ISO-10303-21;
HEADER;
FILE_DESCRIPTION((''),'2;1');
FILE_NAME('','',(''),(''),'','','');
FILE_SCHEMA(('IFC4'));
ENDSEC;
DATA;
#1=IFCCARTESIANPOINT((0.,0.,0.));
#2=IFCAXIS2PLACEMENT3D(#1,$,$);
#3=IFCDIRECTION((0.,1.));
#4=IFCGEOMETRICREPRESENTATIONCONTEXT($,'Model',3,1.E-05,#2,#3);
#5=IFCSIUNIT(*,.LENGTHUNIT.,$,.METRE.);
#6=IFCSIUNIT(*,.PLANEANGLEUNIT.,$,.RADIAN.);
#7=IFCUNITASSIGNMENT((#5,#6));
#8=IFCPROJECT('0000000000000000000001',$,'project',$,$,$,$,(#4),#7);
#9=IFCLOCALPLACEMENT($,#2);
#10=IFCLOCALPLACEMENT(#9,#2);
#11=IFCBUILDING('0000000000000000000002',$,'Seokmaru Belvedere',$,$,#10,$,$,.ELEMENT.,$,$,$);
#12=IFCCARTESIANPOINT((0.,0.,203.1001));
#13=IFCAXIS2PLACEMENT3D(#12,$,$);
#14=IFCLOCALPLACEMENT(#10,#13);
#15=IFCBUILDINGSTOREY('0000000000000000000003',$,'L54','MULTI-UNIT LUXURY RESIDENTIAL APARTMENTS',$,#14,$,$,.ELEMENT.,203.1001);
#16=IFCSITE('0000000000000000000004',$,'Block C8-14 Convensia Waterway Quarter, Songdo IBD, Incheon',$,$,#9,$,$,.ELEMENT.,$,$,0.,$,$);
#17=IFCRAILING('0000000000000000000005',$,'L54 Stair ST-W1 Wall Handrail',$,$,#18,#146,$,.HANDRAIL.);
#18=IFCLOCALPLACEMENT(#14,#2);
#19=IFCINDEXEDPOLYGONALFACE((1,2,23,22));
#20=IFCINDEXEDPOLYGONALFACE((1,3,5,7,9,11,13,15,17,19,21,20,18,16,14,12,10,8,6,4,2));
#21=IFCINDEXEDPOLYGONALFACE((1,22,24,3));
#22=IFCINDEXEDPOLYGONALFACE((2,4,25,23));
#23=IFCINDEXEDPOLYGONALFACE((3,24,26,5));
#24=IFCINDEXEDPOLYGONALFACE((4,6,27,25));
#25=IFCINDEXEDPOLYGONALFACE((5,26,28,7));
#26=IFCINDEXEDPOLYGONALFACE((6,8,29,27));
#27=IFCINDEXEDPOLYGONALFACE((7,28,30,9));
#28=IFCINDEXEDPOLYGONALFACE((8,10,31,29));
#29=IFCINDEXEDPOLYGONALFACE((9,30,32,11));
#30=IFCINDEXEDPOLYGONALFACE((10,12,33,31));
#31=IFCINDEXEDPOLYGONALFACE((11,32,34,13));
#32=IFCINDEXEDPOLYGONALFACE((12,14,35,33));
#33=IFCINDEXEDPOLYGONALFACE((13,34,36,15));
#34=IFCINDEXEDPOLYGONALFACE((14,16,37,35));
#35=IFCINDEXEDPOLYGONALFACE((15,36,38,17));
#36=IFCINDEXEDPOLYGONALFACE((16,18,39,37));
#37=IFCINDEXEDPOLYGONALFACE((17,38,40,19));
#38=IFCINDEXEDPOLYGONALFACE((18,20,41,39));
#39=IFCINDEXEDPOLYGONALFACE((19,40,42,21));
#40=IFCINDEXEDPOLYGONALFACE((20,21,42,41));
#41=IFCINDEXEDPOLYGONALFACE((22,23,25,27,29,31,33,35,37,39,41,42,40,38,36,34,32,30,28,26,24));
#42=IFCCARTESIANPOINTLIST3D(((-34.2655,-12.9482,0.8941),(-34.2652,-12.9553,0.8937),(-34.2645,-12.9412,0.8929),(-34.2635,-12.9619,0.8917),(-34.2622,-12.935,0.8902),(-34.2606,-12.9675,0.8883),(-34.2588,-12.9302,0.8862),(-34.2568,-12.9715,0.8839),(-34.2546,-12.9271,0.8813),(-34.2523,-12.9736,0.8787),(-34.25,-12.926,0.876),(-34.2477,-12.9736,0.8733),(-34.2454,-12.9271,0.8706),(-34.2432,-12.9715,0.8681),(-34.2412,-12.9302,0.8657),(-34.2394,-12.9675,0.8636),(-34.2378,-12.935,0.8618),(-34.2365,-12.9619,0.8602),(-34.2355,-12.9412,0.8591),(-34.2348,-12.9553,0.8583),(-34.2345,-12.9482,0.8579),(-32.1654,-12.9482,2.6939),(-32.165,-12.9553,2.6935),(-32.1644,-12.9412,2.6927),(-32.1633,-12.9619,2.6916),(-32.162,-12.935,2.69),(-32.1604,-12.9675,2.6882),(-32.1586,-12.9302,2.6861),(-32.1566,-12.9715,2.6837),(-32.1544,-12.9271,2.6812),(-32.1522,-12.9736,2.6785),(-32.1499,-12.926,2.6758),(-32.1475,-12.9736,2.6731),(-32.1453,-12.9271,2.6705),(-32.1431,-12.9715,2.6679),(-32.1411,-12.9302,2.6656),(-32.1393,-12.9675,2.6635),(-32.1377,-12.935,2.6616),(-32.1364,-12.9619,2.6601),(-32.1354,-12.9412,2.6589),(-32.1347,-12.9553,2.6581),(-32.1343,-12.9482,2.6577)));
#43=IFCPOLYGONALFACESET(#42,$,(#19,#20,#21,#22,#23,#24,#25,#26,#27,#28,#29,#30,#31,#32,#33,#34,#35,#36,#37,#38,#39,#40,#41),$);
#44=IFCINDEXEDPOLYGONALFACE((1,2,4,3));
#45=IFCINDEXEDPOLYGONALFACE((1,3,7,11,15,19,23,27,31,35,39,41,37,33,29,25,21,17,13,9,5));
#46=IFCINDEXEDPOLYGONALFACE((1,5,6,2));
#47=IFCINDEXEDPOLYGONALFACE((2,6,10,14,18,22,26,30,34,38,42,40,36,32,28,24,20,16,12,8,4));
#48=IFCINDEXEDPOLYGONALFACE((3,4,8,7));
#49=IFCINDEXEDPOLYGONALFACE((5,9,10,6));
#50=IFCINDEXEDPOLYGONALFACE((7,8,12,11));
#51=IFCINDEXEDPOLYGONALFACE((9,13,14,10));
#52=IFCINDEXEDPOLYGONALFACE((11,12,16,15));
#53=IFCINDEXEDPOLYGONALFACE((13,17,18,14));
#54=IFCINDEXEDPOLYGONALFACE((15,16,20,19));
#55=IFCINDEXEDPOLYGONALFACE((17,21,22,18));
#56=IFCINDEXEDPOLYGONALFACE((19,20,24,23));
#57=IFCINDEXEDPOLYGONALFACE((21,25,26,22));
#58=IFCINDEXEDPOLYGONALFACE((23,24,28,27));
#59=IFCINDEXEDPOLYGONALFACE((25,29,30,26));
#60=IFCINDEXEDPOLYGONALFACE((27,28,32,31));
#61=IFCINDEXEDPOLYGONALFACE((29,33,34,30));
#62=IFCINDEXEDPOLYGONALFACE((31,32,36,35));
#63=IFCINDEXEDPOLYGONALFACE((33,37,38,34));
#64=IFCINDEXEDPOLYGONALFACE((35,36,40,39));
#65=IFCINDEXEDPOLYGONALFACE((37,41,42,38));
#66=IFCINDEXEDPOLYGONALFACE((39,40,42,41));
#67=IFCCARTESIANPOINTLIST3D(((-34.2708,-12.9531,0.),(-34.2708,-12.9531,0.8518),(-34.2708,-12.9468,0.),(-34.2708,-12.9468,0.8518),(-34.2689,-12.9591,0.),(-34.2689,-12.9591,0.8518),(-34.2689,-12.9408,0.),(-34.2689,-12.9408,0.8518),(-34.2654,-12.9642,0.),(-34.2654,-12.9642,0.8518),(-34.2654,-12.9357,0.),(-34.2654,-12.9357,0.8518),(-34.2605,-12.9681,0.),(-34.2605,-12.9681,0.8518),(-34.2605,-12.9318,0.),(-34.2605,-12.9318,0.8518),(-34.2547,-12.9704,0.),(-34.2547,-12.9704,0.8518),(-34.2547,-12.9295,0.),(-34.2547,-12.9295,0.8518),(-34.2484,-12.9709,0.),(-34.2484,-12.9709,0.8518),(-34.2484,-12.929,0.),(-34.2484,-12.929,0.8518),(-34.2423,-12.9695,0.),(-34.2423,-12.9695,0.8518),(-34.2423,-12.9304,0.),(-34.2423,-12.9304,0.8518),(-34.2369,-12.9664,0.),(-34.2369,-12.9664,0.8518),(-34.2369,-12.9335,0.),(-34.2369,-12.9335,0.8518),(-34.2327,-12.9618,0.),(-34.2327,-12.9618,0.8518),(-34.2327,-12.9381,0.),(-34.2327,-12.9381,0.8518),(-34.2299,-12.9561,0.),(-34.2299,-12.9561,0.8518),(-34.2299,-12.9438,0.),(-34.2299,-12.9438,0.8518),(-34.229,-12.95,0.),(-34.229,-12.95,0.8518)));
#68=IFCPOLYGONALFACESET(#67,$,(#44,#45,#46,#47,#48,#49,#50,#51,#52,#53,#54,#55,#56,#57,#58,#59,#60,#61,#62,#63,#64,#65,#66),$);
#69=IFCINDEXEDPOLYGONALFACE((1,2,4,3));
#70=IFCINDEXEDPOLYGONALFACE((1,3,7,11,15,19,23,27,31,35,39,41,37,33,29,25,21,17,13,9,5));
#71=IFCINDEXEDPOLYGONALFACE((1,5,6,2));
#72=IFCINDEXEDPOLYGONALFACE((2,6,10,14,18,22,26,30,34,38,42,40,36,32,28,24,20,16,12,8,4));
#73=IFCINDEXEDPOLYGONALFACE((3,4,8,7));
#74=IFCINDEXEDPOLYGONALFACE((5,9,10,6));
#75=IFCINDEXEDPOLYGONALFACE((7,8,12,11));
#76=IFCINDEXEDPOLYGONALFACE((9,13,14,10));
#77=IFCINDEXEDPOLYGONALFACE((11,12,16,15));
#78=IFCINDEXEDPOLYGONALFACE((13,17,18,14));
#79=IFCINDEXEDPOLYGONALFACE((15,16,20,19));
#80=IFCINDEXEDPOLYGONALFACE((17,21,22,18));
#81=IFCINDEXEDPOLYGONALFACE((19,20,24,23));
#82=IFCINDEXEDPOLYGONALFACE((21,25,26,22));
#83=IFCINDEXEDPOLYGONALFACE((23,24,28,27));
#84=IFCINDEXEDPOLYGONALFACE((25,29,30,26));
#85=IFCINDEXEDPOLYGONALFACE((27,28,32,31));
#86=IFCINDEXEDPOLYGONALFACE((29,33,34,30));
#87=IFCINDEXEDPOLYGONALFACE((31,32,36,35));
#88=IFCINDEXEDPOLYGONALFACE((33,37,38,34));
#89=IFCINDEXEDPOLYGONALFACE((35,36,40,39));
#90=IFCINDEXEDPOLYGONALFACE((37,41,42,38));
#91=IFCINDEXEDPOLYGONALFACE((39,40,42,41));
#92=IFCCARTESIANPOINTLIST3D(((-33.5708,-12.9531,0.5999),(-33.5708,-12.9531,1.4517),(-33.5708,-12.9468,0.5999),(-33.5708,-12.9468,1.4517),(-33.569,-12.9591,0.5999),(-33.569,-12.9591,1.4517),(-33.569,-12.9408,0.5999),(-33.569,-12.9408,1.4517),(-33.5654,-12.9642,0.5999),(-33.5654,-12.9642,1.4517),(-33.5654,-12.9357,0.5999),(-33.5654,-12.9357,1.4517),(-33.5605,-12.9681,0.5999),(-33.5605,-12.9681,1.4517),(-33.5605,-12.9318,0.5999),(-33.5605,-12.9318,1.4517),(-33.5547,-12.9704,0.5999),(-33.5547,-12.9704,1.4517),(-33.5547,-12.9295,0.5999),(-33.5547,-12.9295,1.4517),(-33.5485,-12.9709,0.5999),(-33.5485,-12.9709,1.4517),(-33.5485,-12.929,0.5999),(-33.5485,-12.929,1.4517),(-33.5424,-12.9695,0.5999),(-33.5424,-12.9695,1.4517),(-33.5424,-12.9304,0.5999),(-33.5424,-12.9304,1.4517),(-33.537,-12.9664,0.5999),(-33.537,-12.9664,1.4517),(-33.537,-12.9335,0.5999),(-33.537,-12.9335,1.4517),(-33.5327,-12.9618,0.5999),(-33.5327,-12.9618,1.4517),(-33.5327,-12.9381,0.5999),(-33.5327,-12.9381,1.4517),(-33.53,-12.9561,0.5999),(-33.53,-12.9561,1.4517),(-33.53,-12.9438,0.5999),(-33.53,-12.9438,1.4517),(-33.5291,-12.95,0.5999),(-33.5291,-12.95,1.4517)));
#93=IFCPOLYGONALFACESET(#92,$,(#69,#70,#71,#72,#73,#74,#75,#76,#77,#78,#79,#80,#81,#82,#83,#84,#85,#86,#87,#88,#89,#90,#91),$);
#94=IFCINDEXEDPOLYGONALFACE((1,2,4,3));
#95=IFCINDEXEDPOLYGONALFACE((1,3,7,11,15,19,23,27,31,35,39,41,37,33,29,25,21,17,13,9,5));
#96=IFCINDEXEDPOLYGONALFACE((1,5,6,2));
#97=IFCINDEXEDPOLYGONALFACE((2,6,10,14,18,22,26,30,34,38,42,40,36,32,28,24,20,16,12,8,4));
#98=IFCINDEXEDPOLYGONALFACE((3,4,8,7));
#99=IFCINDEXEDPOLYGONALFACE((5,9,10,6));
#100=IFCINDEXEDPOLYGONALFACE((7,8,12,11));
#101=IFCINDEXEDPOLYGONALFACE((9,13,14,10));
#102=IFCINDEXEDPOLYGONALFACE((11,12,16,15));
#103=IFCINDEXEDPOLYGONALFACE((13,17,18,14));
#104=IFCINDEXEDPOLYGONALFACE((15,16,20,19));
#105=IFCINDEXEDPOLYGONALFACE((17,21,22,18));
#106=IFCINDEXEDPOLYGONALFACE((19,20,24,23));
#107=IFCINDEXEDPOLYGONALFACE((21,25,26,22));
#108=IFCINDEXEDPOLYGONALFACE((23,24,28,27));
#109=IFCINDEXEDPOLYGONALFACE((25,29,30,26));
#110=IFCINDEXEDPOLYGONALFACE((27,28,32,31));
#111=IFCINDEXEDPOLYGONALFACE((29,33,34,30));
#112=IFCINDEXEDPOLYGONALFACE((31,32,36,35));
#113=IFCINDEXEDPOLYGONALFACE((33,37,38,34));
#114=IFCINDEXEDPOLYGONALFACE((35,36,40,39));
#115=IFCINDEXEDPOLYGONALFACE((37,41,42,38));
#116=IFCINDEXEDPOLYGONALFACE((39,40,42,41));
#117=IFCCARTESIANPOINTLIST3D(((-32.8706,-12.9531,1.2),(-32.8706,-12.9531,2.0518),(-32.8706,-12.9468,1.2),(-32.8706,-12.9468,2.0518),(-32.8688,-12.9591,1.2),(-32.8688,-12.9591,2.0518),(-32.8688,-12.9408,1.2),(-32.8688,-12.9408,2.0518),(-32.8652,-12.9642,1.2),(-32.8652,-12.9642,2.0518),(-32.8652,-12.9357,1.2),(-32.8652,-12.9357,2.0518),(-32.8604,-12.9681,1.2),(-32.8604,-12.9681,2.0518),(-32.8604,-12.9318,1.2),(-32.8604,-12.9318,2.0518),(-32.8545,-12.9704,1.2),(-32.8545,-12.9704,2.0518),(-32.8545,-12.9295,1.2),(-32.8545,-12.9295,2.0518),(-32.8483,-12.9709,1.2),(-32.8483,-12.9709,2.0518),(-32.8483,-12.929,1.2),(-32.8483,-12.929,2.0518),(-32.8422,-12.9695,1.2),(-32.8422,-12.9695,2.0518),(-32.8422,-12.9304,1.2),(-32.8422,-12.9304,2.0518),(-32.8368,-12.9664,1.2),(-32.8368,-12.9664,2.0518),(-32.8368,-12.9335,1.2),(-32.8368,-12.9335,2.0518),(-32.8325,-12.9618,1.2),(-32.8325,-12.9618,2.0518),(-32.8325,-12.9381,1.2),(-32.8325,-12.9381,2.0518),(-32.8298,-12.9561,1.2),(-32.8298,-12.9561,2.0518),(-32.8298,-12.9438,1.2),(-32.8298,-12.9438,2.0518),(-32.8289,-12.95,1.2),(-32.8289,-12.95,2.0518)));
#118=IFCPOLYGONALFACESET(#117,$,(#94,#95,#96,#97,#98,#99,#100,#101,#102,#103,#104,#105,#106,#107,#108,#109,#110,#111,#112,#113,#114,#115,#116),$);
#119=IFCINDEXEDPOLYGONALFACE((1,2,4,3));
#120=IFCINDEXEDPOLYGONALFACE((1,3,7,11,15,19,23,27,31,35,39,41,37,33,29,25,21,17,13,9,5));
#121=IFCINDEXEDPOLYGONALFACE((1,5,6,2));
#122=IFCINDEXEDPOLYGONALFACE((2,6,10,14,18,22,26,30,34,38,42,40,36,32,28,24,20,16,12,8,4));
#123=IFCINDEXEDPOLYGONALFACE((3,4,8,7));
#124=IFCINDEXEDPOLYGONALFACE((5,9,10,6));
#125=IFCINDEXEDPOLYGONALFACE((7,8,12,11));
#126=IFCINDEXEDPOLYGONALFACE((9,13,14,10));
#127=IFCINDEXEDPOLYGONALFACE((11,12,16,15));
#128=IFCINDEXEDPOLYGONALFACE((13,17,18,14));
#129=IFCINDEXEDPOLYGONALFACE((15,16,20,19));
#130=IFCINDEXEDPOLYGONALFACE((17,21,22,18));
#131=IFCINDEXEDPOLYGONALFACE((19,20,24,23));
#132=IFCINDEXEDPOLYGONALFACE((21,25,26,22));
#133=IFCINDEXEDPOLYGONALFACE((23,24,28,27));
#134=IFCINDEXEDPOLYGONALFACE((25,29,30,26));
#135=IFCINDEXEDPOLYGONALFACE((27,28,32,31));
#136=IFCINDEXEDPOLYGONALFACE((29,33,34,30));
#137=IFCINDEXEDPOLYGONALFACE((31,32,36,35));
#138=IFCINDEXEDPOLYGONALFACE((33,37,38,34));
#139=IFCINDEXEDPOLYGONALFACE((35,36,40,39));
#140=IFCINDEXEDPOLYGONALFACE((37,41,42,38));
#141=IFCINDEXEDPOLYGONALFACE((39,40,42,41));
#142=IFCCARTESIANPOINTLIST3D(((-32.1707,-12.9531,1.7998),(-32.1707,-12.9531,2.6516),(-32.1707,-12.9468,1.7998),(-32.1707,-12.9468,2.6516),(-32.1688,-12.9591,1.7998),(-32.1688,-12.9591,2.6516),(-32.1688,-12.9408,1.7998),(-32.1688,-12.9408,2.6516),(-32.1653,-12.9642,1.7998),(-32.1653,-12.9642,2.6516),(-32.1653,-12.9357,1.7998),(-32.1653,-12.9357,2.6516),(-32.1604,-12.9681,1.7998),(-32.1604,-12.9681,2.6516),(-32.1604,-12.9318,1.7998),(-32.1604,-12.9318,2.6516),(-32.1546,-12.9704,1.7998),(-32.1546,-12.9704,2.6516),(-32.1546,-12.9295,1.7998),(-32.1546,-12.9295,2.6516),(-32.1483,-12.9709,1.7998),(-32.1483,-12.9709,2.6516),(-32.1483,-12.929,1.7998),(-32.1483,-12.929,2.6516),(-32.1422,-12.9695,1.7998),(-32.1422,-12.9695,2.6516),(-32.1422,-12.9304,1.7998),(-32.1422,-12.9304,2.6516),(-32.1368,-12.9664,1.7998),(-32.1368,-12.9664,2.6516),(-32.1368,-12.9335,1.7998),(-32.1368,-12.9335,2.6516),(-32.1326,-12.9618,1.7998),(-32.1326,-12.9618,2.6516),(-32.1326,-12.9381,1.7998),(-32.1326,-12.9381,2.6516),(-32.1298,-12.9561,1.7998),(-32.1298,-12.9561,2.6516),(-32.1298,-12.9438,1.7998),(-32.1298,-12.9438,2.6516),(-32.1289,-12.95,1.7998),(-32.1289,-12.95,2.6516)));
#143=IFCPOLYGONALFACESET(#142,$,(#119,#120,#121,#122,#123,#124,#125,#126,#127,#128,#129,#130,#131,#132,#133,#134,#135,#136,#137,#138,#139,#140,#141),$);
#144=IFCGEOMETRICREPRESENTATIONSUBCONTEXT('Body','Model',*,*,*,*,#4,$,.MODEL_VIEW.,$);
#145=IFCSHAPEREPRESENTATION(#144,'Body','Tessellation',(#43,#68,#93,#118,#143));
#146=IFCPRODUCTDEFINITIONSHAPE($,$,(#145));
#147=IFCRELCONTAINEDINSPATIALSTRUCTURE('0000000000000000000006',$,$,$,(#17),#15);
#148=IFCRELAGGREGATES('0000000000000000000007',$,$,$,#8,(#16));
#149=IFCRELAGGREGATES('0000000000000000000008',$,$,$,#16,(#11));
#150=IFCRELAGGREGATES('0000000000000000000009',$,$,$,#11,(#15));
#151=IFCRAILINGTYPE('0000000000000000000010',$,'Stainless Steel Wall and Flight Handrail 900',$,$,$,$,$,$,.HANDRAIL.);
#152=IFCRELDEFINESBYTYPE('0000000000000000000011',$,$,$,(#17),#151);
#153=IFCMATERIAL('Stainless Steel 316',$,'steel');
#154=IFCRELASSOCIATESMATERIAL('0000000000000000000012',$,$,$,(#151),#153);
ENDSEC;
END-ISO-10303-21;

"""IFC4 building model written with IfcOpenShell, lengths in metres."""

from ifc_helpers import new_model, si_unit, direction, frame, origin, origin_2d, place, context, subcontext, project, spatial, circle, extrude, material, type_object, element, save


model = new_model("IFC4")

# Units and contexts
model_context = context("Model", 3, precision=1e-05, world=origin(), true_north=direction((0.0, 1.0)))
body_context = subcontext(model_context, "Body", "Model", "MODEL_VIEW")
ifc_project = project(units=[si_unit("LENGTHUNIT", "METRE"), si_unit("PLANEANGLEUNIT", "RADIAN")], contexts=[model_context])

# Site, building, storey
site_placement = place(None, origin())
site = spatial("IfcSite", under=ifc_project, at=site_placement, Name="Block C8-14 Convensia Waterway Quarter, Songdo IBD, Incheon", CompositionType="ELEMENT", RefElevation=0.0)
building_placement = place(site_placement, origin())
building = spatial("IfcBuilding", under=site, at=building_placement, Name="Seokmaru Belvedere", CompositionType="ELEMENT")
storey_placement = place(building_placement, frame((0.0, 0.0, 203.1001)))
storey = spatial("IfcBuildingStorey", under=building, at=storey_placement, Name="L54", Description="MULTI-UNIT LUXURY RESIDENTIAL APARTMENTS", CompositionType="ELEMENT", Elevation=203.1001)

# Railing
ifc_material_1 = material(Name="Stainless Steel 316", Category="steel")
railing_type_1 = type_object("IfcRailingType", Name="Stainless Steel Wall and Flight Handrail 900", PredefinedType="HANDRAIL", material=ifc_material_1)
railing_1_placement = place(storey_placement, frame((-34.25, -12.95, 0.0)))
element("IfcRailing", 1, at=railing_1_placement, inside=storey, type_object=railing_type_1, Name="L54 Stair ST-W1 Wall Handrail", PredefinedType="HANDRAIL", context=body_context, shape_type="SweptSolid", body=[
    extrude(circle(Radius=0.0239, at=origin_2d()), frame((0.0, 0.0, 0.876), z_axis=(0.759306, 0.0, 0.650733), x_axis=(0.0, 1.0, 0.0)), (0.0, 0.0, 1.0), 2.7659),
    extrude(circle(Radius=0.021, at=origin_2d()), origin(), (0.0, 0.0, 1.0), 0.8518),
    extrude(circle(Radius=0.021, at=origin_2d()), frame((0.7, 0.0, 0.5999)), (0.0, 0.0, 1.0), 0.8518),
    extrude(circle(Radius=0.021, at=origin_2d()), frame((1.4001, 0.0, 1.2)), (0.0, 0.0, 1.0), 0.8518),
    extrude(circle(Radius=0.021, at=origin_2d()), frame((2.1001, 0.0, 1.7998)), (0.0, 0.0, 1.0), 0.8518),
])

save(model, "model.ifc")
